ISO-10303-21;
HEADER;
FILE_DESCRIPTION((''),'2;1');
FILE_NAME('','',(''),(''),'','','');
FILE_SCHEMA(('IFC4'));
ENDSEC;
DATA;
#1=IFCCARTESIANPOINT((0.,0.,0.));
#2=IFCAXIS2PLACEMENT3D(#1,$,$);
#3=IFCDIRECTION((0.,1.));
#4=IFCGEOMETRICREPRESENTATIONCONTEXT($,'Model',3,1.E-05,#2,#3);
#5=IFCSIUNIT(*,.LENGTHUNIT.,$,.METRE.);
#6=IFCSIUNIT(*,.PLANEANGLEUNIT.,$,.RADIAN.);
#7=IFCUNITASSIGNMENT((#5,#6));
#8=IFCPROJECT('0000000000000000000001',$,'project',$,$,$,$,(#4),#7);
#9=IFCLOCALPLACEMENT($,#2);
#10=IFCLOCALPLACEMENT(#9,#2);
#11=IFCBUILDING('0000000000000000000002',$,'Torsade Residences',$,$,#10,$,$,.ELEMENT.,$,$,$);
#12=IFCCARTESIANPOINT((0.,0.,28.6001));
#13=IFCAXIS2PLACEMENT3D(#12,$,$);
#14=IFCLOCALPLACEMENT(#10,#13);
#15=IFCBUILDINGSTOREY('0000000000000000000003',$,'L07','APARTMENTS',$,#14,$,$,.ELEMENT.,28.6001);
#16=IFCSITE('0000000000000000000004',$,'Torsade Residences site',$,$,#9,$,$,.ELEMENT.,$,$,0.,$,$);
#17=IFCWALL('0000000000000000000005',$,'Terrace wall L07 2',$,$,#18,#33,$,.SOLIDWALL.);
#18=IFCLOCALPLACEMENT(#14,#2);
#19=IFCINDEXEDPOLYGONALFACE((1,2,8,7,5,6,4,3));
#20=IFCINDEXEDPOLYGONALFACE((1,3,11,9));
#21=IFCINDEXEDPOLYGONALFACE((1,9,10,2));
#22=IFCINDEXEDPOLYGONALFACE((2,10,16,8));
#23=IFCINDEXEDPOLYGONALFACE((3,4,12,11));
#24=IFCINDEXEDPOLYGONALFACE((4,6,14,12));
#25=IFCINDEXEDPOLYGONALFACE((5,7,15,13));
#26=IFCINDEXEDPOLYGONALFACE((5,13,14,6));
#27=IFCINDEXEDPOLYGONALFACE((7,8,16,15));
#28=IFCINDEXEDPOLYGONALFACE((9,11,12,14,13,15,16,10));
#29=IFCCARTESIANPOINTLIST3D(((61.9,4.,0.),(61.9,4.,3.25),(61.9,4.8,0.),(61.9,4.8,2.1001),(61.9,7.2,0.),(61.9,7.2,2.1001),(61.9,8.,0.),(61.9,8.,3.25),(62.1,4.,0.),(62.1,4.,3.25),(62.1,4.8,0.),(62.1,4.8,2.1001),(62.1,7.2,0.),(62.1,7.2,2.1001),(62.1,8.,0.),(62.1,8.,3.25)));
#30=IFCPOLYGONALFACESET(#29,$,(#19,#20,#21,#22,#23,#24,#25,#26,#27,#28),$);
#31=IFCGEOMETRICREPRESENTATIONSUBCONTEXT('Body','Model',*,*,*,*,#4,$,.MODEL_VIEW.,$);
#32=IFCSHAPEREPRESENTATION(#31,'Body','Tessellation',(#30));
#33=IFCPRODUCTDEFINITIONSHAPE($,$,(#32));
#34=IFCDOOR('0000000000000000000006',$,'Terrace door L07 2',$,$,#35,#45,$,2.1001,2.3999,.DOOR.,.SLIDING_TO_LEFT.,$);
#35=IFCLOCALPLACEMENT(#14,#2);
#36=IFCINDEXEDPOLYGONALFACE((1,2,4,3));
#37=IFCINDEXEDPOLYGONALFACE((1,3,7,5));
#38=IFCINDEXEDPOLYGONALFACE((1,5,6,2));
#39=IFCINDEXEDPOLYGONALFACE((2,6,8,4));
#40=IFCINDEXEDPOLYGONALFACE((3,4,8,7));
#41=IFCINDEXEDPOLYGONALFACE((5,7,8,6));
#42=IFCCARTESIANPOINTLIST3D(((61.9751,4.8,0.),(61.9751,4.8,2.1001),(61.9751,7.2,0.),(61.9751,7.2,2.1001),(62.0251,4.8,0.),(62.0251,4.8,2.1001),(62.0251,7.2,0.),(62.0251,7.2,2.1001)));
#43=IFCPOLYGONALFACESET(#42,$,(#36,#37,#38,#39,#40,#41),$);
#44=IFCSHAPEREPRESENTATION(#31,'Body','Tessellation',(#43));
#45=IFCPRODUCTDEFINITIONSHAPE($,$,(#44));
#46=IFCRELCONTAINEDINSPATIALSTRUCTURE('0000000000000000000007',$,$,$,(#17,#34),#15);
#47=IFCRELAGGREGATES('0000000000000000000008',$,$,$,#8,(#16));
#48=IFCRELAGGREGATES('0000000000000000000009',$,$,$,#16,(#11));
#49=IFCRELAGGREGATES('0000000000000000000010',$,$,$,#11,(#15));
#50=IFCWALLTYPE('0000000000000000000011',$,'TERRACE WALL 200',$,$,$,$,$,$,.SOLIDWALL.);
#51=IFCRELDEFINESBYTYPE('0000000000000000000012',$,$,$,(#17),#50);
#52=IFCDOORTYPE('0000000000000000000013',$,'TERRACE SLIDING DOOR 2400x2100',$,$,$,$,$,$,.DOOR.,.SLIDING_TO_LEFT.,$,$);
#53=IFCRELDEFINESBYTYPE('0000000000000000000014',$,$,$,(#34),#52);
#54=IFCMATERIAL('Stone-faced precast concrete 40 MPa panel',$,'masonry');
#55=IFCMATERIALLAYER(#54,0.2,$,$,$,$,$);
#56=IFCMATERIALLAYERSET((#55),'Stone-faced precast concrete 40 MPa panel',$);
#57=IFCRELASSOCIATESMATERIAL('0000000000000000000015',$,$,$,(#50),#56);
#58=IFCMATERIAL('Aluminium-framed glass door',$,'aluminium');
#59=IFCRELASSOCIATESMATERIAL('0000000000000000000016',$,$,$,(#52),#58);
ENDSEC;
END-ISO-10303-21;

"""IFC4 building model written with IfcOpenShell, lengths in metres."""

from ifc_helpers import new_model, si_unit, direction, frame, frame_2d, origin, place, context, subcontext, project, spatial, rectangle, extrude, material, layer, layer_set, type_object, element, fill, save


model = new_model("IFC4")

# Units and contexts
model_context = context("Model", 3, precision=1e-05, world=origin(), true_north=direction((0.0, 1.0)))
body_context = subcontext(model_context, "Body", "Model", "MODEL_VIEW")
ifc_project = project(units=[si_unit("LENGTHUNIT", "METRE"), si_unit("PLANEANGLEUNIT", "RADIAN")], contexts=[model_context])

# Site, building, storey
site_placement = place(None, origin())
site = spatial("IfcSite", under=ifc_project, at=site_placement, Name="Torsade Residences site", CompositionType="ELEMENT", RefElevation=0.0)
building_placement = place(site_placement, origin())
building = spatial("IfcBuilding", under=site, at=building_placement, Name="Torsade Residences", CompositionType="ELEMENT")
storey_placement = place(building_placement, frame((0.0, 0.0, 28.6001)))
storey = spatial("IfcBuildingStorey", under=building, at=storey_placement, Name="L07", Description="APARTMENTS", CompositionType="ELEMENT", Elevation=28.6001)

# Wall, opening, door
ifc_material_1 = material(Name="Stone-faced precast concrete 40 MPa panel", Category="masonry")
ifc_layer_1 = layer(ifc_material_1, 0.2)
ifc_layer_set_1 = layer_set([ifc_layer_1], Name="Stone-faced precast concrete 40 MPa panel")
wall_type_1 = type_object("IfcWallType", Name="TERRACE WALL 200", PredefinedType="SOLIDWALL", material=ifc_layer_set_1)
wall_1_placement = place(storey_placement, frame((62.0, 4.0, 0.0), z_axis=(0.0, 0.0, 1.0), x_axis=(0.0, 1.0, 0.0)))
wall_1 = element("IfcWall", 1, at=wall_1_placement, inside=storey, type_object=wall_type_1, Name="Terrace wall L07 2", PredefinedType="SOLIDWALL", context=body_context, shape_type="SweptSolid", body=[
    extrude(rectangle(XDim=4.0, YDim=0.2, at=frame_2d((2.0, 0.0))), origin(), (0.0, 0.0, 1.0), 3.25),
])
opening_placement = place(wall_1_placement, frame((0.8, 0.0, 0.0)))
opening = element("IfcOpeningElement", 2, at=opening_placement, cuts=wall_1, PredefinedType="OPENING", context=body_context, shape_type="SweptSolid", body=[
    extrude(rectangle(XDim=2.3999, YDim=2.1001, at=frame_2d((1.2, 1.05))), frame((0.0, 0.1099, 0.0), z_axis=(0.0, -1.0, 0.0), x_axis=(1.0, 0.0, 0.0)), (0.0, 0.0, 1.0), 0.22),
])
ifc_material_2 = material(Name="Aluminium-framed glass door", Category="aluminium")
door_type = type_object("IfcDoorType", Name="TERRACE SLIDING DOOR 2400x2100", OperationType="SLIDING_TO_LEFT", PredefinedType="DOOR", material=ifc_material_2)
door_placement = place(opening_placement, origin())
door = element("IfcDoor", 3, at=door_placement, inside=storey, type_object=door_type, Name="Terrace door L07 2", OperationType="SLIDING_TO_LEFT", OverallHeight=2.1001, OverallWidth=2.3999, PredefinedType="DOOR", context=body_context, shape_type="SweptSolid", body=[
    extrude(rectangle(XDim=2.3999, YDim=2.1001, at=frame_2d((1.2, 1.05))), frame((0.0, 0.0249, 0.0), z_axis=(0.0, -1.0, 0.0), x_axis=(1.0, 0.0, 0.0)), (0.0, 0.0, 1.0), 0.05),
])
fill(opening, door)

save(model, "model.ifc")
